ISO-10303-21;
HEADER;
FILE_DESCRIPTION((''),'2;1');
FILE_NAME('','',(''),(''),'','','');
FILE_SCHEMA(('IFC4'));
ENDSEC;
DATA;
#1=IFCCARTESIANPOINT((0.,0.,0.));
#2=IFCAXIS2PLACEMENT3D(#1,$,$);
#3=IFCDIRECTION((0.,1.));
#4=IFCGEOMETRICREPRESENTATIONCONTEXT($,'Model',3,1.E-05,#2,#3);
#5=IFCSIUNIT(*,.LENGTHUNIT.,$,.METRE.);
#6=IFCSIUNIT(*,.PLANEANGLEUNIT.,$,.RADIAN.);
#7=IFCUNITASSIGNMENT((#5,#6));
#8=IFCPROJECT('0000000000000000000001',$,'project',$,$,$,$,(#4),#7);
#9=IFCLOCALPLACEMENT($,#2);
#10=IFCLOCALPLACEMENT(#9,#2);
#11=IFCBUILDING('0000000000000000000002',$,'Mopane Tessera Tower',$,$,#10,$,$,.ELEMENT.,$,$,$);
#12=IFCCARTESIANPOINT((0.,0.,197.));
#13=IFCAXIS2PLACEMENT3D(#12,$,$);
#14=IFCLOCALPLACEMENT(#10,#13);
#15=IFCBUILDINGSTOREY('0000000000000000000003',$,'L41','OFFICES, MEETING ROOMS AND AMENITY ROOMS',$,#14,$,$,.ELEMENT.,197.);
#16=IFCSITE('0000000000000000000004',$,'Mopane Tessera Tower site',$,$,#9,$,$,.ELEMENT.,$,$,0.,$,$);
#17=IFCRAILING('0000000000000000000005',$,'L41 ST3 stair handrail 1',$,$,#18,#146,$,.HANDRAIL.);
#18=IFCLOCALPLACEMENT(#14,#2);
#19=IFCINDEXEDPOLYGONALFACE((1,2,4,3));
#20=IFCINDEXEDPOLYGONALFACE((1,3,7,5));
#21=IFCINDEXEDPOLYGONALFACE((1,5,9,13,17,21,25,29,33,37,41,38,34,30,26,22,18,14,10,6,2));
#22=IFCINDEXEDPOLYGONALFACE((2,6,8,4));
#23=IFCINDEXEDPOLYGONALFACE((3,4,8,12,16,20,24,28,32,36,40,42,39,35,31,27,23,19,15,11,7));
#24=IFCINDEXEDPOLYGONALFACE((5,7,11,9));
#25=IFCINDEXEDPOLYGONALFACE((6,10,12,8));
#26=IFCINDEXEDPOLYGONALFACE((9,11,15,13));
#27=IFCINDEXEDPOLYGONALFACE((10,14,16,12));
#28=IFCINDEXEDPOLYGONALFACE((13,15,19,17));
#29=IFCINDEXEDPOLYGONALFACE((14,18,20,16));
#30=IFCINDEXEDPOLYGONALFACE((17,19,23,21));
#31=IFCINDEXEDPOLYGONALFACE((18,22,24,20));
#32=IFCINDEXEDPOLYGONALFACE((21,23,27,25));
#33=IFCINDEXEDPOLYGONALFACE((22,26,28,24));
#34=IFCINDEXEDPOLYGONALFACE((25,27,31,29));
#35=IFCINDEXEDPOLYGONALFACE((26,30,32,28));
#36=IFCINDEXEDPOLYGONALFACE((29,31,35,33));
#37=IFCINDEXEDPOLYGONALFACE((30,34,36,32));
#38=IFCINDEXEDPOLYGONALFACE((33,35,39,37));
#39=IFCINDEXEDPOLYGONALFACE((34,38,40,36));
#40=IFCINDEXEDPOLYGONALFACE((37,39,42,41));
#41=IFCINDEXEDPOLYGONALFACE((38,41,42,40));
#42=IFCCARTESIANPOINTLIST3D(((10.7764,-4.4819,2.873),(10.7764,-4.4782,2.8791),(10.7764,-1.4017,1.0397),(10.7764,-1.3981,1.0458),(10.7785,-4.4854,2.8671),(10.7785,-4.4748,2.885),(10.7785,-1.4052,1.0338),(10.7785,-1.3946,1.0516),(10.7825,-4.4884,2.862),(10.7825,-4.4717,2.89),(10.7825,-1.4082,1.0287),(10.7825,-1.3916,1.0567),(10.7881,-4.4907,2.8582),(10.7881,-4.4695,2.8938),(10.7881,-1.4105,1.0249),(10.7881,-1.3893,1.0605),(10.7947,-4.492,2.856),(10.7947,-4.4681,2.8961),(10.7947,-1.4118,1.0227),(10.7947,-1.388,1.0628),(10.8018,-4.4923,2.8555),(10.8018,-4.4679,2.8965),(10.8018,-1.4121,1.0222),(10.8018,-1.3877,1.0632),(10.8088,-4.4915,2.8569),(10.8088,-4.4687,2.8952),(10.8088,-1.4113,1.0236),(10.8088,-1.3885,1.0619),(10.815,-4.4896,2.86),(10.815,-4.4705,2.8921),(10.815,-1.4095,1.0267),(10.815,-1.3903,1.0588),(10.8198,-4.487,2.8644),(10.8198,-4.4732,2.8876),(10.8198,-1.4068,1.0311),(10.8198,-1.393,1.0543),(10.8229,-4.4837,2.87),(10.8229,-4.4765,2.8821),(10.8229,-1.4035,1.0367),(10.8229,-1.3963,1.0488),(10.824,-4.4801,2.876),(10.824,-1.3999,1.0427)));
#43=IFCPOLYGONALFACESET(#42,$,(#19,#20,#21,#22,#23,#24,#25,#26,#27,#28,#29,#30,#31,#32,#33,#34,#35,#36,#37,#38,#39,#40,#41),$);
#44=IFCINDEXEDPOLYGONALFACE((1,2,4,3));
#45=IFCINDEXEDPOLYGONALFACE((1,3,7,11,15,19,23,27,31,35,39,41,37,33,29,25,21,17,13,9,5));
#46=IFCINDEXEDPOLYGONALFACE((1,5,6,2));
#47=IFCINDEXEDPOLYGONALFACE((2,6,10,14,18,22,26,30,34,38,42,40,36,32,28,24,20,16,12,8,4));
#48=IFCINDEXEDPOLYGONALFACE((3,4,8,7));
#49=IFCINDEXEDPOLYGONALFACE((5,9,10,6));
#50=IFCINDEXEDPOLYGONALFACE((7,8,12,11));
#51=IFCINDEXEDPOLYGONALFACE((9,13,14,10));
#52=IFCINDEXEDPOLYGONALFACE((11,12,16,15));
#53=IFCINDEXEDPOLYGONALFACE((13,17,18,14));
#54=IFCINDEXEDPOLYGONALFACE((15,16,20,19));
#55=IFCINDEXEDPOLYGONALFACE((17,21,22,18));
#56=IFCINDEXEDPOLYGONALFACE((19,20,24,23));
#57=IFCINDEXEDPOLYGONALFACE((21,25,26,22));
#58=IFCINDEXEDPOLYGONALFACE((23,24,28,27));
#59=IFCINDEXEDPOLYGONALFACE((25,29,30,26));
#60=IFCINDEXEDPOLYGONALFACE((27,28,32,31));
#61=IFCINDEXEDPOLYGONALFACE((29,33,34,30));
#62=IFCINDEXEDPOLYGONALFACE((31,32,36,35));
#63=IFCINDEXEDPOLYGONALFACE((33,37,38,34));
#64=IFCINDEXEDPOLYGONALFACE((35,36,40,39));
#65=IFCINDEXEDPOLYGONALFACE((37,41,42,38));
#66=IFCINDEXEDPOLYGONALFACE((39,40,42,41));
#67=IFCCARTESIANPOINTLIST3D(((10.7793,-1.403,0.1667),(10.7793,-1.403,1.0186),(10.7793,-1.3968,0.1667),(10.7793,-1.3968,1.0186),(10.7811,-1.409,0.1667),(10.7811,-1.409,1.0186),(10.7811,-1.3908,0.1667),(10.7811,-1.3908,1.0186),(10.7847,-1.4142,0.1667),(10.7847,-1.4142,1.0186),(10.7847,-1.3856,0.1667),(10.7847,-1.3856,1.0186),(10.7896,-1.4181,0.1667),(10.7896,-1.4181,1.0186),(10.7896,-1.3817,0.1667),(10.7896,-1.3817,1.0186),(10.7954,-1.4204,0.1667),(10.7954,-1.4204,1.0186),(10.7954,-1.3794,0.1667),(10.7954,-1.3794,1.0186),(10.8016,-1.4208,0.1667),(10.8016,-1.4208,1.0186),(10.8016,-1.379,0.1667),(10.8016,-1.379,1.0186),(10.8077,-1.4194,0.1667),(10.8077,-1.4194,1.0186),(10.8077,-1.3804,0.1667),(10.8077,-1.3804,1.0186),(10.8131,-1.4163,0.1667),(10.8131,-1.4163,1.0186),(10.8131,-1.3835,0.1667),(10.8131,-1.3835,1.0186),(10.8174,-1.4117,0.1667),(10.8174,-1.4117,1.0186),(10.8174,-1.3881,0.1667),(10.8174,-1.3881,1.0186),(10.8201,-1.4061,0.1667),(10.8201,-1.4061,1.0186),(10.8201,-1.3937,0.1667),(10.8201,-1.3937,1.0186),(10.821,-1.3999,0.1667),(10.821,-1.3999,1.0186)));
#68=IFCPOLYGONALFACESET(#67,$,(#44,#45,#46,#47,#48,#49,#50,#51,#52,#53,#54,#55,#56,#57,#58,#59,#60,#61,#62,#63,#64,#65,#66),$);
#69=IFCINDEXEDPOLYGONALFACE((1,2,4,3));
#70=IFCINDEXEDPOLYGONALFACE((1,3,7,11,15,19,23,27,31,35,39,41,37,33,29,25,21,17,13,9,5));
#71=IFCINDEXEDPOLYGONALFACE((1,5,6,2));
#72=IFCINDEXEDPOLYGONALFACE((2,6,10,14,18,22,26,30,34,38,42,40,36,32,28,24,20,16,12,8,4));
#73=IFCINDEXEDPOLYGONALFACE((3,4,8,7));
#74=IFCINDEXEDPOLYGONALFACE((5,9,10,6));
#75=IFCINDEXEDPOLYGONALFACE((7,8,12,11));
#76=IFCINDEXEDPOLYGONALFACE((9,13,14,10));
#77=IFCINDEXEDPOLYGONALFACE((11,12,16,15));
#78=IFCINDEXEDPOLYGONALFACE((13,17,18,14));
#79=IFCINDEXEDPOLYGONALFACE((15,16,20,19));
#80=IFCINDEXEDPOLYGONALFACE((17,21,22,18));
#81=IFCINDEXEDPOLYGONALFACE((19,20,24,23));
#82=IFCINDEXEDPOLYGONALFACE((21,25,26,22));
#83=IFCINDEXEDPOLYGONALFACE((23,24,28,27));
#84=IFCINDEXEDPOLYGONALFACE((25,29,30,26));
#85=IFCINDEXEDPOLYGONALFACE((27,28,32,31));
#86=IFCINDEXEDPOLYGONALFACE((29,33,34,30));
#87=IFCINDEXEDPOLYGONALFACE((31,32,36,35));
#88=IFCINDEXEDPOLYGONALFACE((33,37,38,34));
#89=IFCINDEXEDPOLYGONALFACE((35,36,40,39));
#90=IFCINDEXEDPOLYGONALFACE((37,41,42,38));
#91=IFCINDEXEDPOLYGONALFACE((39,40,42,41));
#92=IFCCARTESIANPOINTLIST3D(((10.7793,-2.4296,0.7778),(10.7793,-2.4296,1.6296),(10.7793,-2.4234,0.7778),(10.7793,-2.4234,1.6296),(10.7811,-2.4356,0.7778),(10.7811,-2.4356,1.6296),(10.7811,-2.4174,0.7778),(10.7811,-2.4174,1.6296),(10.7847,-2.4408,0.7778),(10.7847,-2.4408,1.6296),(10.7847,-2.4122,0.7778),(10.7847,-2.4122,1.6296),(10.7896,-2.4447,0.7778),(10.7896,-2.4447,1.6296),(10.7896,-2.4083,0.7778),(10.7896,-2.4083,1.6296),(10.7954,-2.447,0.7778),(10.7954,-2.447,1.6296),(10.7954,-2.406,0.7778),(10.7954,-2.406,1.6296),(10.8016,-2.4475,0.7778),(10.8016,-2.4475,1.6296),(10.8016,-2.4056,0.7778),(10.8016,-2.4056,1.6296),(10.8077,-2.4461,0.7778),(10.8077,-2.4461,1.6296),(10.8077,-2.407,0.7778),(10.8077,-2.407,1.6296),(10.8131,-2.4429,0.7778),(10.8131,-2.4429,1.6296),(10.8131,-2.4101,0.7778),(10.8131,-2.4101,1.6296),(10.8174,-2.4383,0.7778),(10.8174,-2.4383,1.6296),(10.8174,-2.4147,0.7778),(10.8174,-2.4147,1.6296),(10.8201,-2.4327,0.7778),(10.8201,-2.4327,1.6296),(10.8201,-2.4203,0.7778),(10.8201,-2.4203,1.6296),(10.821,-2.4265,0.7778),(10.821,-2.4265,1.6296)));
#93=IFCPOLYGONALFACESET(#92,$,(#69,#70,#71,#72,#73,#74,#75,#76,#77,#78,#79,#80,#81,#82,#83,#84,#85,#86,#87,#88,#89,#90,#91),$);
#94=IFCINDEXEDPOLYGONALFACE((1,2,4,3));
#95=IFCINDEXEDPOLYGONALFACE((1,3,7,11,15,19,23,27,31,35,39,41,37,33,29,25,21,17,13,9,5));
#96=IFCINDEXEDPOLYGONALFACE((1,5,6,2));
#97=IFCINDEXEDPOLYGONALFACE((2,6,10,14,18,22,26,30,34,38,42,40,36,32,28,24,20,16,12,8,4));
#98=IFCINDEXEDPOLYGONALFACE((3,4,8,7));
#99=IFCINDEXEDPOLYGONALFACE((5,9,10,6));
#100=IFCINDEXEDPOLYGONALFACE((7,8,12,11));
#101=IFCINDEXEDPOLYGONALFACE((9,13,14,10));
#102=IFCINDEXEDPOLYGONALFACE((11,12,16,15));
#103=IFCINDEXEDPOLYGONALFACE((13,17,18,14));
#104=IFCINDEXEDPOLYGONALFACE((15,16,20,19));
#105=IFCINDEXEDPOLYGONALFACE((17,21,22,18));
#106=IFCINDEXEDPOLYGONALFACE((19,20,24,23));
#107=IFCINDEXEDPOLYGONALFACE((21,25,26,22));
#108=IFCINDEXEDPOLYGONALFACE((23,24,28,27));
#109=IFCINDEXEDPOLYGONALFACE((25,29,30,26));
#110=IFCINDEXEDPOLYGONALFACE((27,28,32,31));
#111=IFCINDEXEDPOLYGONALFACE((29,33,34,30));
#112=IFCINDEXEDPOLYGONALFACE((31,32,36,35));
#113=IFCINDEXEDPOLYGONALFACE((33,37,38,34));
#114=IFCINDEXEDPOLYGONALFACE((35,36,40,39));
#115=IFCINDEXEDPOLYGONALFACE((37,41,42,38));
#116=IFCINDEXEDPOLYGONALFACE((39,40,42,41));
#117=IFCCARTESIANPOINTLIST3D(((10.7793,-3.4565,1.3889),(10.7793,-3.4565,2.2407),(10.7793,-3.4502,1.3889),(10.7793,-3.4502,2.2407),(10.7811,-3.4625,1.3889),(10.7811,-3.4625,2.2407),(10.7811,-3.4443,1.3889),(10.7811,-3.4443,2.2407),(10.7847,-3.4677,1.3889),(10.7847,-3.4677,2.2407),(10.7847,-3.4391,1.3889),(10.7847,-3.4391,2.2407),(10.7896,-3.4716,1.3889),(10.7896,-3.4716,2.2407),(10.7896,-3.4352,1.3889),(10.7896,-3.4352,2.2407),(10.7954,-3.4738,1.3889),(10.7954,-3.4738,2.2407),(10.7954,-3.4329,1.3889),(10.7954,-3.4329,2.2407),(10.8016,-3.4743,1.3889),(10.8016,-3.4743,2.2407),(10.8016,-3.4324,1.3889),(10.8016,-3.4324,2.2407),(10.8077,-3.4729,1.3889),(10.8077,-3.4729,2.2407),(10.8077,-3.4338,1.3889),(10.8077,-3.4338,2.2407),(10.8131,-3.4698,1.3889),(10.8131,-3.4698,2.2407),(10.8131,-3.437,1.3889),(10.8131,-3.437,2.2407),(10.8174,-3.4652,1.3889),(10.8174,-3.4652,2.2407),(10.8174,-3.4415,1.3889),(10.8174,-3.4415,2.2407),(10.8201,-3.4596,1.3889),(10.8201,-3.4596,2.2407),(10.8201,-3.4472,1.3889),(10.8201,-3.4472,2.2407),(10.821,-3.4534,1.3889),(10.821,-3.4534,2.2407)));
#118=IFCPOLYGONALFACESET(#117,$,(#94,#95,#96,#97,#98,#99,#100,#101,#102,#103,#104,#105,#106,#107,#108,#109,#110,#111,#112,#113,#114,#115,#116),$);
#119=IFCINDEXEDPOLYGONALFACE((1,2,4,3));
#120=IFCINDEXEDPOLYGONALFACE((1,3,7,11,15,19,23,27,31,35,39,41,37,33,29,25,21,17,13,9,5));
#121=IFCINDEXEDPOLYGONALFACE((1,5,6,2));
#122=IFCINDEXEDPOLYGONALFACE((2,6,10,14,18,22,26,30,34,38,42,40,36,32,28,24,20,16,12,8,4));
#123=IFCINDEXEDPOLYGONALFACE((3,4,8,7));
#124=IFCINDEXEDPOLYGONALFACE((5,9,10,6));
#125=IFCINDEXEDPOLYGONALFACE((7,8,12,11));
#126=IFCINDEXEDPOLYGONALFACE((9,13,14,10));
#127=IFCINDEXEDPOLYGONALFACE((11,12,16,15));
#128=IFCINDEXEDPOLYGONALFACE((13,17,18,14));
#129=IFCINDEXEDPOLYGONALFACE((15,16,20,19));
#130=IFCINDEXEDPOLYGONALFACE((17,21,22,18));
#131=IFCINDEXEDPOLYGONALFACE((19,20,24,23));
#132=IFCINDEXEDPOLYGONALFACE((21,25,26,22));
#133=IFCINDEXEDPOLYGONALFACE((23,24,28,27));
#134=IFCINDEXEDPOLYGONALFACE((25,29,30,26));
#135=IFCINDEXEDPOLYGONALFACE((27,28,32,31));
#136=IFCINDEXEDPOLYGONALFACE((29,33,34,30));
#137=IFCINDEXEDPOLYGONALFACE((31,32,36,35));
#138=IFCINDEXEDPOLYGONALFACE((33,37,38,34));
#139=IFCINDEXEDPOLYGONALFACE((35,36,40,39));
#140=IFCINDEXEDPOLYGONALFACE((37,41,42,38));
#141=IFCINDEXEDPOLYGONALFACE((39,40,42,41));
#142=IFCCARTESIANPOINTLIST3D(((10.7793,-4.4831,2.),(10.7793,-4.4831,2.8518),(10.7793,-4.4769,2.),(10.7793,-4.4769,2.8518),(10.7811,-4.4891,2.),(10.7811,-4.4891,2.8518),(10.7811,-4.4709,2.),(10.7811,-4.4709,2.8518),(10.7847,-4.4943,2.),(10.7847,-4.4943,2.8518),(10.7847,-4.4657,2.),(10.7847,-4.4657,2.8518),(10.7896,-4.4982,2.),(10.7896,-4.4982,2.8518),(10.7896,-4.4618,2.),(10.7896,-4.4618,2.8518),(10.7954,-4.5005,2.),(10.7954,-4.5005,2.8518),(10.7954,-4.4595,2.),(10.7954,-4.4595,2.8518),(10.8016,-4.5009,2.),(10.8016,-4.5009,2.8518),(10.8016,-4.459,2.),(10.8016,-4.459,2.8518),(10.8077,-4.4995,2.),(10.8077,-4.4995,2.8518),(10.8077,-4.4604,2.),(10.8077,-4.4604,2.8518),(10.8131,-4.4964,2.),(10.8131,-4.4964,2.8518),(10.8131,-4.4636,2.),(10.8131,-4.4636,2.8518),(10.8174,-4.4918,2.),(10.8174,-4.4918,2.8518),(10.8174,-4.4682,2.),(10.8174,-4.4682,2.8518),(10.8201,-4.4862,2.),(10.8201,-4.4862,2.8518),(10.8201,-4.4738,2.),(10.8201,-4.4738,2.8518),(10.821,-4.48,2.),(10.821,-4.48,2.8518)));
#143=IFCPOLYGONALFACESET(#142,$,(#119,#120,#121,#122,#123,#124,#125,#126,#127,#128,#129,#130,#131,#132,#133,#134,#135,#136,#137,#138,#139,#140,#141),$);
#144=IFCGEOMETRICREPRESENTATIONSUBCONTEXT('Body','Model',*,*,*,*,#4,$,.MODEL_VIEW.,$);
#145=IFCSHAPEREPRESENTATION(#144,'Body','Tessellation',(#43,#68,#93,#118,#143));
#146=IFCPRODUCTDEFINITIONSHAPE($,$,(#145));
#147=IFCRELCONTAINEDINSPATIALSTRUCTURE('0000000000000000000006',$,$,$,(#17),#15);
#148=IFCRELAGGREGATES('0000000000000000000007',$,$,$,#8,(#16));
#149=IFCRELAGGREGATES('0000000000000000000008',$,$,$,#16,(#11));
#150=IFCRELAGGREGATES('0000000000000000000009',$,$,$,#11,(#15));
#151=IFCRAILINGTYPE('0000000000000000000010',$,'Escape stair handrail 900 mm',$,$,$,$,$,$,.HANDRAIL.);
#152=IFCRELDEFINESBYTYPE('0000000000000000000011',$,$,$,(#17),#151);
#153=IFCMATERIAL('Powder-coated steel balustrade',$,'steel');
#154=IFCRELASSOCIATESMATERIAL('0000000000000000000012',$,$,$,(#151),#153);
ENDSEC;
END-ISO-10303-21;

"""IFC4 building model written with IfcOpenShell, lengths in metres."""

from ifc_helpers import new_model, si_unit, direction, frame, origin, origin_2d, place, context, subcontext, project, spatial, circle, extrude, material, type_object, element, save


model = new_model("IFC4")

# Units and contexts
model_context = context("Model", 3, precision=1e-05, world=origin(), true_north=direction((0.0, 1.0)))
body_context = subcontext(model_context, "Body", "Model", "MODEL_VIEW")
ifc_project = project(units=[si_unit("LENGTHUNIT", "METRE"), si_unit("PLANEANGLEUNIT", "RADIAN")], contexts=[model_context])

# Site, building, storey
site_placement = place(None, origin())
site = spatial("IfcSite", under=ifc_project, at=site_placement, Name="Mopane Tessera Tower site", CompositionType="ELEMENT", RefElevation=0.0)
building_placement = place(site_placement, origin())
building = spatial("IfcBuilding", under=site, at=building_placement, Name="Mopane Tessera Tower", CompositionType="ELEMENT")
storey_placement = place(building_placement, frame((0.0, 0.0, 197.0)))
storey = spatial("IfcBuildingStorey", under=building, at=storey_placement, Name="L41", Description="OFFICES, MEETING ROOMS AND AMENITY ROOMS", CompositionType="ELEMENT", Elevation=197.0)

# Railing
ifc_material_1 = material(Name="Powder-coated steel balustrade", Category="steel")
railing_type = type_object("IfcRailingType", Name="Escape stair handrail 900 mm", PredefinedType="HANDRAIL", material=ifc_material_1)
railing_placement = place(storey_placement, frame((10.8, -1.3999, 0.1667)))
element("IfcRailing", 1, at=railing_placement, inside=storey, type_object=railing_type, Name="L41 ST3 stair handrail 1", PredefinedType="HANDRAIL", context=body_context, shape_type="SweptSolid", body=[
    extrude(circle(Radius=0.0239, at=origin_2d()), frame((0.0, 0.0, 0.876), z_axis=(0.0, -0.859309, 0.511458), x_axis=(1.0, 0.0, 0.0)), (0.0, 0.0, 1.0), 3.5845),
    extrude(circle(Radius=0.021, at=origin_2d()), origin(), (0.0, 0.0, 1.0), 0.8518),
    extrude(circle(Radius=0.021, at=origin_2d()), frame((0.0, -1.0266, 0.6111)), (0.0, 0.0, 1.0), 0.8518),
    extrude(circle(Radius=0.021, at=origin_2d()), frame((0.0, -2.0535, 1.2222)), (0.0, 0.0, 1.0), 0.8518),
    extrude(circle(Radius=0.021, at=origin_2d()), frame((0.0, -3.0801, 1.8333)), (0.0, 0.0, 1.0), 0.8518),
])

save(model, "model.ifc")
